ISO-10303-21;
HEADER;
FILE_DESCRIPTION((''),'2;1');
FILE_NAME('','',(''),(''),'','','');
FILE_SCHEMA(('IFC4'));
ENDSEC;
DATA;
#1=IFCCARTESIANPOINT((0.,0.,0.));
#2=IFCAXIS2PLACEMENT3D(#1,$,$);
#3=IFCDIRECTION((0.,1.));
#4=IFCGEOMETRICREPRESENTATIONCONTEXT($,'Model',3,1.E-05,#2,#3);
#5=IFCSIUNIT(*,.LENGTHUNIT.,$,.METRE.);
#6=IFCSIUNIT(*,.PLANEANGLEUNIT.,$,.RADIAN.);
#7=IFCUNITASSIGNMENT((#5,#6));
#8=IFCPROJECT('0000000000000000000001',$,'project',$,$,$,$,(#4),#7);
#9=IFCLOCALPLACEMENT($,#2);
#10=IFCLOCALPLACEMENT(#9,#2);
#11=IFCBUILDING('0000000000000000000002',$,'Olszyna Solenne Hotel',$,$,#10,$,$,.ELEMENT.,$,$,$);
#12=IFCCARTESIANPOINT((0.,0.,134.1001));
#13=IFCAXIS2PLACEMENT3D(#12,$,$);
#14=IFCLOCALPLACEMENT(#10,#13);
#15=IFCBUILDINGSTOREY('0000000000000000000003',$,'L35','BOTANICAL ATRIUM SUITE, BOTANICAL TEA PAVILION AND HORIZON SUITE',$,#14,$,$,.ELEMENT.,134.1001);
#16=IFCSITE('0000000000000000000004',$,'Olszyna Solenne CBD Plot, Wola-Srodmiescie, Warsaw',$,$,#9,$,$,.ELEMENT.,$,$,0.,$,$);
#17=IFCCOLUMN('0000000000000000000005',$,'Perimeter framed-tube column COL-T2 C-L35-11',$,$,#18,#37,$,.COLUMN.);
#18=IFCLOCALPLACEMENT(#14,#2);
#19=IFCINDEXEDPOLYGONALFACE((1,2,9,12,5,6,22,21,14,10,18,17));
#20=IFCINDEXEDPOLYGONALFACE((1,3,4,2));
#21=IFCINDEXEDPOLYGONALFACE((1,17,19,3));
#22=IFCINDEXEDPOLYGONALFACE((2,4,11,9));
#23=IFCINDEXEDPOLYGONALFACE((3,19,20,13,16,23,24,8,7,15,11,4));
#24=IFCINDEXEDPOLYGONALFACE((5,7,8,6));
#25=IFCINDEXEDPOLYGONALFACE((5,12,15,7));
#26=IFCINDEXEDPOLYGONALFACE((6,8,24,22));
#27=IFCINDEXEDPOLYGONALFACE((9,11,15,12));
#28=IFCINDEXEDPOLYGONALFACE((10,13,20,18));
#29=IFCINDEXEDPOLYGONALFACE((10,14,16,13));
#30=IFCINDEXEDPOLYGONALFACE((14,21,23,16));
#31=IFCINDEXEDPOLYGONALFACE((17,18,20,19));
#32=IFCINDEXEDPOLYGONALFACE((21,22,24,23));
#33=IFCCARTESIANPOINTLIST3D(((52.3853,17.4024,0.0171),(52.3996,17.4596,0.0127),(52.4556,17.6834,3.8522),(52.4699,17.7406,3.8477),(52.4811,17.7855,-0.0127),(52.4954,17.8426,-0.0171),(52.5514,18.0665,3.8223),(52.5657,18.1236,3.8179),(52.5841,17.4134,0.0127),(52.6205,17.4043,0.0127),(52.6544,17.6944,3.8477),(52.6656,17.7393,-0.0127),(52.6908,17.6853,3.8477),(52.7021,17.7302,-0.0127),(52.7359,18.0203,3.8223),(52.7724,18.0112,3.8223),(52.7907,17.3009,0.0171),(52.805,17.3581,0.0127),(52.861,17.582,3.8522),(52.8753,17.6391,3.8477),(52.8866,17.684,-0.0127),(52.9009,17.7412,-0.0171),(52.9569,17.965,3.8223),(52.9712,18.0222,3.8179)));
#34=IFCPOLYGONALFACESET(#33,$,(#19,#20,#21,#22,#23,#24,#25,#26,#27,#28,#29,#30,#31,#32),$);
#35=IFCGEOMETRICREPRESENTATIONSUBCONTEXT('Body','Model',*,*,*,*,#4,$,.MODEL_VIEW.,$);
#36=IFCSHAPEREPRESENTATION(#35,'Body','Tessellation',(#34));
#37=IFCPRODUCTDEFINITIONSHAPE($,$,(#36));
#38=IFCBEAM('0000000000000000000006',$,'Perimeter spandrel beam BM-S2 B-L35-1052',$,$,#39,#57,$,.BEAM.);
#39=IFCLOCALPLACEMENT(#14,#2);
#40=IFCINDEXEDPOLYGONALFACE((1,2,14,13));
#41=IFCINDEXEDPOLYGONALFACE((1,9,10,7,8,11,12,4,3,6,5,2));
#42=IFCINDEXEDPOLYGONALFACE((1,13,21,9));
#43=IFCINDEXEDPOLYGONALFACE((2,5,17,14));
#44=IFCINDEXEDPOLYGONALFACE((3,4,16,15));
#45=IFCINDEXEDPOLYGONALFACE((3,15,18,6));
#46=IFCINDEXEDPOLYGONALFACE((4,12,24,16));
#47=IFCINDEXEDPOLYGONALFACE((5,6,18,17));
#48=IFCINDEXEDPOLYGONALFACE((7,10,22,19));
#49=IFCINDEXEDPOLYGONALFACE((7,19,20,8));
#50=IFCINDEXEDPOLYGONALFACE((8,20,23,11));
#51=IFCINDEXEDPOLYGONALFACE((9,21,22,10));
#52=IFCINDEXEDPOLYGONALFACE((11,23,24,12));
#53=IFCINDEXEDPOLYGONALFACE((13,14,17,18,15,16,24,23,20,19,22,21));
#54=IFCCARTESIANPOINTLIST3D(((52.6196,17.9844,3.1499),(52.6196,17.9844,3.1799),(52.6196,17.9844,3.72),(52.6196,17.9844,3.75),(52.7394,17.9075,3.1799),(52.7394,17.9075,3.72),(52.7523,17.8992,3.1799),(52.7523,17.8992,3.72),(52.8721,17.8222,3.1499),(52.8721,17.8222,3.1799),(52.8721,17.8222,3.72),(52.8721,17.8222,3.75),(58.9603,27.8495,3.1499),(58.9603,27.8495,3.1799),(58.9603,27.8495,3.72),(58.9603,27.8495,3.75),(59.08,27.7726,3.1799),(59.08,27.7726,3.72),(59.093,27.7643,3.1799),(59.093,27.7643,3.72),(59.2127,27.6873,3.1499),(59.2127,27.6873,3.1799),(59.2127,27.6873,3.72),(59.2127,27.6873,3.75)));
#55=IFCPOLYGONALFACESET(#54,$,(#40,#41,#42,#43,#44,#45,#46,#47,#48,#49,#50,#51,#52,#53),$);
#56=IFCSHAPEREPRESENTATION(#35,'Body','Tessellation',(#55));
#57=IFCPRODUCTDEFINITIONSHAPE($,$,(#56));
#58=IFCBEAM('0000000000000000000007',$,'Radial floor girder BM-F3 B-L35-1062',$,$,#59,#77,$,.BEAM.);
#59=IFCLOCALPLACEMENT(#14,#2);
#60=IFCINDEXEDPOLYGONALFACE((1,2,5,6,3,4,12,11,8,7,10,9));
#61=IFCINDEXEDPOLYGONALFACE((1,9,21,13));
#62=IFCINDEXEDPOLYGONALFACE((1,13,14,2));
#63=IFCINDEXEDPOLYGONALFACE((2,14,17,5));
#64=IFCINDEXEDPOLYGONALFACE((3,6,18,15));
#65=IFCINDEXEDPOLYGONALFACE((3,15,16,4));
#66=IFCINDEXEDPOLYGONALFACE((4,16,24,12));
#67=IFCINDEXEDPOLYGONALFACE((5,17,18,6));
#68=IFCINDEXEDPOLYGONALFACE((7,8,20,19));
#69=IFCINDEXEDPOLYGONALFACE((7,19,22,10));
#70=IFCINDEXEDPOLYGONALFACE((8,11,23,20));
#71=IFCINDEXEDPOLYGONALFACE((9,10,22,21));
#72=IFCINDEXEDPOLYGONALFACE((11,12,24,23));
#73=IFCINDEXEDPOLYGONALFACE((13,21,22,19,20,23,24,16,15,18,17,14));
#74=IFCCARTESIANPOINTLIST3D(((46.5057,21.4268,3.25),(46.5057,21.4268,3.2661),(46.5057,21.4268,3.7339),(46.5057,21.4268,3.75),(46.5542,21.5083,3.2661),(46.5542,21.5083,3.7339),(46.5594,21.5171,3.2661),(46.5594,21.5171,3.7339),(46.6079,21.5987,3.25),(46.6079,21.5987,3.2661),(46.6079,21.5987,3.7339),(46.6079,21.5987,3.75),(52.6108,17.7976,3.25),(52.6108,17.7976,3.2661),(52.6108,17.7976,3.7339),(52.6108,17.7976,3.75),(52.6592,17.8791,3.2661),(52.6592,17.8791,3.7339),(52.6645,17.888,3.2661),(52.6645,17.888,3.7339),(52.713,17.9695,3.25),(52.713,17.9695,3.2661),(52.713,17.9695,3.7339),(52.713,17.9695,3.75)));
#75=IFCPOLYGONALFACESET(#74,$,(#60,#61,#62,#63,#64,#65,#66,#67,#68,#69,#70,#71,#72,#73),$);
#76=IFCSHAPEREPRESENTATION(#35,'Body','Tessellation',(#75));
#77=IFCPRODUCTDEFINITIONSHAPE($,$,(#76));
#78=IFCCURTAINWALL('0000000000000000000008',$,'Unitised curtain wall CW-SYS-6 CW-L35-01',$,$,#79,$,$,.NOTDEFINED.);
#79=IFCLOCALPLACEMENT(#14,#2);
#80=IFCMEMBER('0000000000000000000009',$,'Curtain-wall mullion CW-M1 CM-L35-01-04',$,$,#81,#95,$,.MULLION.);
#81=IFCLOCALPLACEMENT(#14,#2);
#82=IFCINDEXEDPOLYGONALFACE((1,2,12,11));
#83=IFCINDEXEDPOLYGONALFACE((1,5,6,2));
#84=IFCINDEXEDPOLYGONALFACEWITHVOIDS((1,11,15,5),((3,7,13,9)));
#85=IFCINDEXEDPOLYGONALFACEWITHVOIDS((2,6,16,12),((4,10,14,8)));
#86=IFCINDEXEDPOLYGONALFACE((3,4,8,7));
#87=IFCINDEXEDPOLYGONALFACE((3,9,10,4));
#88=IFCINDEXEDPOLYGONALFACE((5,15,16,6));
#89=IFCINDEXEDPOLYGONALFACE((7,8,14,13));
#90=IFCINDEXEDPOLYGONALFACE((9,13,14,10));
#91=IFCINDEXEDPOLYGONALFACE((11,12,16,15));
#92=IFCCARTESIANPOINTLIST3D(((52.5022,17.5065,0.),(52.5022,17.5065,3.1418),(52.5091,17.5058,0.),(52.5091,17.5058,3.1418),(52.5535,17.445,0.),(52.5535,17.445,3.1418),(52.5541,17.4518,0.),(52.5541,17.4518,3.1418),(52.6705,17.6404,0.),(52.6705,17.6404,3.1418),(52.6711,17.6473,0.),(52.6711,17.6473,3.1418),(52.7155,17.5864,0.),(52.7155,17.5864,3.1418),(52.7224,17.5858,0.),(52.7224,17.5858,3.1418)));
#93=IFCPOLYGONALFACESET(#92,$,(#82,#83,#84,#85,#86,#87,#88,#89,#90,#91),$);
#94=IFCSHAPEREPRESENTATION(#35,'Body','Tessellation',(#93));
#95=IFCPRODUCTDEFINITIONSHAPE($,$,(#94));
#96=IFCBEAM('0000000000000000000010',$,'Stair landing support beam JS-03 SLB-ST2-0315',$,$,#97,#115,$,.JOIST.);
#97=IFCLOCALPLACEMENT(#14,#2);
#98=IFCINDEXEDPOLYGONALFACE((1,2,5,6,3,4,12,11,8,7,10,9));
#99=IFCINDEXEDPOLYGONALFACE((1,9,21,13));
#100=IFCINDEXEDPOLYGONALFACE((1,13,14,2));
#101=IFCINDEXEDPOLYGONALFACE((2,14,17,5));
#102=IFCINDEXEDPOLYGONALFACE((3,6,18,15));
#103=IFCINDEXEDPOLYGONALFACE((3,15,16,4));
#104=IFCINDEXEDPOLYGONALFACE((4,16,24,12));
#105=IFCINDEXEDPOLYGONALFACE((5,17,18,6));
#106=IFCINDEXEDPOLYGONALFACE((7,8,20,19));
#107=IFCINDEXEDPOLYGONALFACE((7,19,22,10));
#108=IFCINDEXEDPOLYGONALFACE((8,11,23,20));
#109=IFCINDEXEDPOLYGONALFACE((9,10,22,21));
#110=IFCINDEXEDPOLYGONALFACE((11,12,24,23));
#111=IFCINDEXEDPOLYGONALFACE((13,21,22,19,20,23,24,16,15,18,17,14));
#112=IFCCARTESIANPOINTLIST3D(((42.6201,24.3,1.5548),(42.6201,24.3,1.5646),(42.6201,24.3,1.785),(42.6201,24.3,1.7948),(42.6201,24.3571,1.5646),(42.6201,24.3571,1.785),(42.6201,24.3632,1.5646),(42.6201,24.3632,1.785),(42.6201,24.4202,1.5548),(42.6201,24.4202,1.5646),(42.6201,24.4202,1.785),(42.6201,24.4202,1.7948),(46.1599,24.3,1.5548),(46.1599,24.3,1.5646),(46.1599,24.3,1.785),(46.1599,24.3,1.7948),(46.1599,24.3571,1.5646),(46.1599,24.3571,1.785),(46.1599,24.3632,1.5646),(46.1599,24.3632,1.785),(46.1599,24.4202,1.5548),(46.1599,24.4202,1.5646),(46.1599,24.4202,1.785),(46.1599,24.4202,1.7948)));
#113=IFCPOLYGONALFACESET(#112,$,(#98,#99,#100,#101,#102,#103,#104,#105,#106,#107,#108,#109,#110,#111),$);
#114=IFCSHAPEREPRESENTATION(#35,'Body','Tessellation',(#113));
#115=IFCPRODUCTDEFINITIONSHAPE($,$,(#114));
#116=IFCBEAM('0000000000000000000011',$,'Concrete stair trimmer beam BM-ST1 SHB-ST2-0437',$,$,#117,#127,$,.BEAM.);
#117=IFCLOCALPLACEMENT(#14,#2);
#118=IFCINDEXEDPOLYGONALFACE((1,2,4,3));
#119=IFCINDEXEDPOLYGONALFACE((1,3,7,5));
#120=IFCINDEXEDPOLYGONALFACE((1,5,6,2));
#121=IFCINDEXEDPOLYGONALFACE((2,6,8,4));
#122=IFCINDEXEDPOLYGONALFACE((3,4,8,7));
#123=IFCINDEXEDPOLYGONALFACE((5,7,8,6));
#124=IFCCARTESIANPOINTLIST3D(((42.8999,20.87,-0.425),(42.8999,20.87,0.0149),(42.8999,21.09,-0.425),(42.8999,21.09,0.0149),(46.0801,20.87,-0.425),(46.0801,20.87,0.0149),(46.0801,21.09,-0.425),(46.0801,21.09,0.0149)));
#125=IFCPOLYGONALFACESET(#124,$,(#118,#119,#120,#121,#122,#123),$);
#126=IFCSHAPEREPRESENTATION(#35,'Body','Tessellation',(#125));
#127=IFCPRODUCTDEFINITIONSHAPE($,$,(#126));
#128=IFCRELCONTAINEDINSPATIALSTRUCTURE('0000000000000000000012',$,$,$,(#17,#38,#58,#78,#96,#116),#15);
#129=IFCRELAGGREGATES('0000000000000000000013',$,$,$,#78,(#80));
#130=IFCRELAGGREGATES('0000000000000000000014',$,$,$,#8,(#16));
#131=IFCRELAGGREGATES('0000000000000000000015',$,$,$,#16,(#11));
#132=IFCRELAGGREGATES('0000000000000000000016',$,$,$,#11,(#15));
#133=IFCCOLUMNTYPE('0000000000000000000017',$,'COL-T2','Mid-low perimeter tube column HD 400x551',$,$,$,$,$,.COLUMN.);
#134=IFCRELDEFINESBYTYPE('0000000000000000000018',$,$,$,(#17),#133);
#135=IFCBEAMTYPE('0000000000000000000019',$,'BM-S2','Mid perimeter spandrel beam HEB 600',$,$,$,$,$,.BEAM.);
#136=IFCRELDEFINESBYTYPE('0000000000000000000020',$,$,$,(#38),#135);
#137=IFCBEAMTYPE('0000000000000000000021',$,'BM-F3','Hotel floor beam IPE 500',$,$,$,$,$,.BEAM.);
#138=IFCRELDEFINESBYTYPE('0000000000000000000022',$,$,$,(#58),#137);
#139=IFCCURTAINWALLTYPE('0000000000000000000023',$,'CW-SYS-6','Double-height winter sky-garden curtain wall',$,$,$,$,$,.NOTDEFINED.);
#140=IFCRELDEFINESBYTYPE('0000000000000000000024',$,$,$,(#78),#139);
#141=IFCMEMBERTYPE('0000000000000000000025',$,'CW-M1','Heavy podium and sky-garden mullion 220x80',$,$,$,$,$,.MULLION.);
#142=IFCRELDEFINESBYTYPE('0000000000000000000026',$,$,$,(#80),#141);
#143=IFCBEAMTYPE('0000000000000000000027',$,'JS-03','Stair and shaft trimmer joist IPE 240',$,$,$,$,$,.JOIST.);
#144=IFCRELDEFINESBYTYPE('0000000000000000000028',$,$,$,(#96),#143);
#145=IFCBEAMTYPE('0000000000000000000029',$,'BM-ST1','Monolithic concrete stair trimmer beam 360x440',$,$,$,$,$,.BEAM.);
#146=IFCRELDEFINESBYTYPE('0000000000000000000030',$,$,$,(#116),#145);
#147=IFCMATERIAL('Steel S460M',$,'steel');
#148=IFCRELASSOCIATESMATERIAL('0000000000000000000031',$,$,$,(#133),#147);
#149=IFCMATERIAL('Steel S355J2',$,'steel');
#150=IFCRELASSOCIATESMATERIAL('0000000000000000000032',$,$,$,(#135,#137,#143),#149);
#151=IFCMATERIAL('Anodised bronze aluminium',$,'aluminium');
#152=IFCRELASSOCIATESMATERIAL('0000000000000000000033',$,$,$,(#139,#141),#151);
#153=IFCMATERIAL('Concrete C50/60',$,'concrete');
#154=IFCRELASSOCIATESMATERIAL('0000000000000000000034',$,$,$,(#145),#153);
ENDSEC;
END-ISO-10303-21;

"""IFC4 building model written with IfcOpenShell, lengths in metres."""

from ifc_helpers import new_model, si_unit, direction, frame, origin, origin_2d, place, context, subcontext, project, spatial, rectangle, hollow_rectangle, i_section, extrude, source, transform, mapped, material, material_profile, profile_set, type_object, element, aggregate, save


model = new_model("IFC4")

# Units and contexts
model_context = context("Model", 3, precision=1e-05, world=origin(), true_north=direction((0.0, 1.0)))
body_context = subcontext(model_context, "Body", "Model", "MODEL_VIEW")
ifc_project = project(units=[si_unit("LENGTHUNIT", "METRE"), si_unit("PLANEANGLEUNIT", "RADIAN")], contexts=[model_context])

# Site, building, storey
site_placement = place(None, origin())
site = spatial("IfcSite", under=ifc_project, at=site_placement, Name="Olszyna Solenne CBD Plot, Wola-Srodmiescie, Warsaw", CompositionType="ELEMENT", RefElevation=0.0)
building_placement = place(site_placement, origin())
building = spatial("IfcBuilding", under=site, at=building_placement, Name="Olszyna Solenne Hotel", CompositionType="ELEMENT")
storey_placement = place(building_placement, frame((0.0, 0.0, 134.1001)))
storey = spatial("IfcBuildingStorey", under=building, at=storey_placement, Name="L35", Description="BOTANICAL ATRIUM SUITE, BOTANICAL TEA PAVILION AND HORIZON SUITE", CompositionType="ELEMENT", Elevation=134.1001)

# Column
ifc_material_1 = material(Name="Steel S460M", Category="steel")
ifc_material_profile_1 = material_profile(ifc_material_1, i_section(OverallWidth=0.418, OverallDepth=0.4551, WebThickness=0.0376, FlangeThickness=0.0591, at=origin_2d()), Name="HD 400x551", Category="load-bearing")
ifc_profile_set_1 = profile_set([ifc_material_profile_1], Name="Steel S460M")
column_type = type_object("IfcColumnType", Name="COL-T2", Description="Mid-low perimeter tube column HD 400x551", PredefinedType="COLUMN", material=ifc_profile_set_1)
shared_shape_1 = source(origin(), body_context, "Body", "SweptSolid", [
    extrude(i_section(OverallWidth=0.418, OverallDepth=0.4551, WebThickness=0.0376, FlangeThickness=0.0591, at=origin_2d()), origin(), (0.0, 0.0, 1.0), 3.8459),
])
column_placement = place(storey_placement, frame((52.6431, 17.5718, 0.0), z_axis=(0.018283, 0.073067, 0.997159), x_axis=(-0.970093, 0.242734, 0.0)))
element("IfcColumn", 1, at=column_placement, inside=storey, type_object=column_type, Name="Perimeter framed-tube column COL-T2 C-L35-11", PredefinedType="COLUMN", context=body_context, shape_type="MappedRepresentation", body=[
    mapped(shared_shape_1, transform((0.0, 0.0, 0.0), x_axis=(1.0, 0.0, 0.0), y_axis=(0.0, 1.0, 0.0), z_axis=(0.0, 0.0, 1.0), scale=1.0)),
])

# Beams
ifc_material_2 = material(Name="Steel S355J2", Category="steel")
ifc_material_profile_2 = material_profile(ifc_material_2, i_section(OverallWidth=0.3, OverallDepth=0.6001, WebThickness=0.0154, FlangeThickness=0.03, at=origin_2d()), Name="HEB 600", Category="load-bearing")
ifc_profile_set_2 = profile_set([ifc_material_profile_2], Name="Steel S355J2")
beam_type_1 = type_object("IfcBeamType", Name="BM-S2", Description="Mid perimeter spandrel beam HEB 600", PredefinedType="BEAM", material=ifc_profile_set_2)
shared_shape_2 = source(origin(), body_context, "Body", "SweptSolid", [
    extrude(i_section(OverallWidth=0.3, OverallDepth=0.6001, WebThickness=0.0154, FlangeThickness=0.03, at=origin_2d()), origin(), (0.0, 0.0, 1.0), 11.7271),
])
beam_1_placement = place(storey_placement, frame((52.7458, 17.9033, 3.45), z_axis=(0.540685, 0.841225, 0.0), x_axis=(-0.841225, 0.540685, 0.0)))
element("IfcBeam", 2, at=beam_1_placement, inside=storey, type_object=beam_type_1, Name="Perimeter spandrel beam BM-S2 B-L35-1052", PredefinedType="BEAM", context=body_context, shape_type="MappedRepresentation", body=[
    mapped(shared_shape_2, transform((0.0, 0.0, 0.0), x_axis=(1.0, 0.0, 0.0), y_axis=(0.0, 1.0, 0.0), z_axis=(0.0, 0.0, 1.0), scale=1.0)),
])
ifc_material_profile_3 = material_profile(ifc_material_2, i_section(OverallWidth=0.2, OverallDepth=0.5, WebThickness=0.0103, FlangeThickness=0.0161, at=origin_2d()), Name="IPE 500", Category="load-bearing")
ifc_profile_set_3 = profile_set([ifc_material_profile_3], Name="Steel S355J2")
beam_type_2 = type_object("IfcBeamType", Name="BM-F3", Description="Hotel floor beam IPE 500", PredefinedType="BEAM", material=ifc_profile_set_3)
shared_shape_3 = source(origin(), body_context, "Body", "SweptSolid", [
    extrude(i_section(OverallWidth=0.2, OverallDepth=0.5, WebThickness=0.0103, FlangeThickness=0.0161, at=origin_2d()), origin(), (0.0, 0.0, 1.0), 7.1023),
])
beam_2_placement = place(storey_placement, frame((52.6619, 17.8835, 3.5), z_axis=(-0.859588, 0.510988, 0.0), x_axis=(-0.510988, -0.859588, 0.0)))
element("IfcBeam", 3, at=beam_2_placement, inside=storey, type_object=beam_type_2, Name="Radial floor girder BM-F3 B-L35-1062", PredefinedType="BEAM", context=body_context, shape_type="MappedRepresentation", body=[
    mapped(shared_shape_3, transform((0.0, 0.0, 0.0), x_axis=(1.0, 0.0, 0.0), y_axis=(0.0, 1.0, 0.0), z_axis=(0.0, 0.0, 1.0), scale=1.0)),
])

# Curtain wall, member
ifc_material_3 = material(Name="Anodised bronze aluminium", Category="aluminium")
curtain_wall_type = type_object("IfcCurtainWallType", Name="CW-SYS-6", Description="Double-height winter sky-garden curtain wall", PredefinedType="NOTDEFINED", material=ifc_material_3)
curtain_wall_placement = place(storey_placement, origin())
curtain_wall = element("IfcCurtainWall", 4, at=curtain_wall_placement, inside=storey, type_object=curtain_wall_type, Name="Unitised curtain wall CW-SYS-6 CW-L35-01", PredefinedType="NOTDEFINED")
ifc_material_profile_4 = material_profile(ifc_material_3, hollow_rectangle(XDim=0.0801, YDim=0.22, WallThickness=0.0049, at=origin_2d()), Name="MULL 220x80x5", Category="load-bearing")
ifc_profile_set_4 = profile_set([ifc_material_profile_4], Name="Anodised bronze aluminium")
member_type = type_object("IfcMemberType", Name="CW-M1", Description="Heavy podium and sky-garden mullion 220x80", PredefinedType="MULLION", material=ifc_profile_set_4)
shared_shape_4 = source(origin(), body_context, "Body", "SweptSolid", [
    extrude(hollow_rectangle(XDim=0.0801, YDim=0.22, WallThickness=0.0049, at=origin_2d()), origin(), (0.0, 0.0, 1.0), 3.1418),
])
member_placement = place(storey_placement, frame((52.6123, 17.5461, 0.0), z_axis=(0.0, 0.0, 1.0), x_axis=(-0.64034, 0.768091, 0.0)))
member = element("IfcMember", 5, at=member_placement, type_object=member_type, Name="Curtain-wall mullion CW-M1 CM-L35-01-04", PredefinedType="MULLION", context=body_context, shape_type="MappedRepresentation", body=[
    mapped(shared_shape_4, transform((0.0, 0.0, 0.0), x_axis=(1.0, 0.0, 0.0), y_axis=(0.0, 1.0, 0.0), z_axis=(0.0, 0.0, 1.0), scale=1.0)),
])
aggregate(curtain_wall, [member])

# Beams
ifc_material_profile_5 = material_profile(ifc_material_2, i_section(OverallWidth=0.1201, OverallDepth=0.24, WebThickness=0.0061, FlangeThickness=0.0098, at=origin_2d()), Name="IPE 240", Category="load-bearing")
ifc_profile_set_5 = profile_set([ifc_material_profile_5], Name="Steel S355J2")
beam_type_3 = type_object("IfcBeamType", Name="JS-03", Description="Stair and shaft trimmer joist IPE 240", PredefinedType="JOIST", material=ifc_profile_set_5)
shared_shape_5 = source(origin(), body_context, "Body", "SweptSolid", [
    extrude(i_section(OverallWidth=0.1201, OverallDepth=0.24, WebThickness=0.0061, FlangeThickness=0.0098, at=origin_2d()), origin(), (0.0, 0.0, 1.0), 3.5398),
])
beam_3_placement = place(storey_placement, frame((46.1599, 24.3601, 1.6748), z_axis=(-1.0, 0.0, 0.0), x_axis=(0.0, -1.0, 0.0)))
element("IfcBeam", 6, at=beam_3_placement, inside=storey, type_object=beam_type_3, Name="Stair landing support beam JS-03 SLB-ST2-0315", PredefinedType="JOIST", context=body_context, shape_type="MappedRepresentation", body=[
    mapped(shared_shape_5, transform((0.0, 0.0, 0.0), x_axis=(1.0, 0.0, 0.0), y_axis=(0.0, 1.0, 0.0), z_axis=(0.0, 0.0, 1.0), scale=1.0)),
])
ifc_material_4 = material(Name="Concrete C50/60", Category="concrete")
ifc_material_profile_6 = material_profile(ifc_material_4, rectangle(XDim=0.22, YDim=0.4399, at=origin_2d()), Name="RC 220x440", Category="load-bearing")
ifc_profile_set_6 = profile_set([ifc_material_profile_6], Name="Concrete C50/60")
beam_type_4 = type_object("IfcBeamType", Name="BM-ST1", Description="Monolithic concrete stair trimmer beam 360x440", PredefinedType="BEAM", material=ifc_profile_set_6)
shared_shape_6 = source(origin(), body_context, "Body", "SweptSolid", [
    extrude(rectangle(XDim=0.22, YDim=0.4399, at=origin_2d()), origin(), (0.0, 0.0, 1.0), 3.1802),
])
beam_4_placement = place(storey_placement, frame((46.0801, 20.98, -0.2051), z_axis=(-1.0, 0.0, 0.0), x_axis=(0.0, -1.0, 0.0)))
element("IfcBeam", 7, at=beam_4_placement, inside=storey, type_object=beam_type_4, Name="Concrete stair trimmer beam BM-ST1 SHB-ST2-0437", PredefinedType="BEAM", context=body_context, shape_type="MappedRepresentation", body=[
    mapped(shared_shape_6, transform((0.0, 0.0, 0.0), x_axis=(1.0, 0.0, 0.0), y_axis=(0.0, 1.0, 0.0), z_axis=(0.0, 0.0, 1.0), scale=1.0)),
])

save(model, "model.ifc")
